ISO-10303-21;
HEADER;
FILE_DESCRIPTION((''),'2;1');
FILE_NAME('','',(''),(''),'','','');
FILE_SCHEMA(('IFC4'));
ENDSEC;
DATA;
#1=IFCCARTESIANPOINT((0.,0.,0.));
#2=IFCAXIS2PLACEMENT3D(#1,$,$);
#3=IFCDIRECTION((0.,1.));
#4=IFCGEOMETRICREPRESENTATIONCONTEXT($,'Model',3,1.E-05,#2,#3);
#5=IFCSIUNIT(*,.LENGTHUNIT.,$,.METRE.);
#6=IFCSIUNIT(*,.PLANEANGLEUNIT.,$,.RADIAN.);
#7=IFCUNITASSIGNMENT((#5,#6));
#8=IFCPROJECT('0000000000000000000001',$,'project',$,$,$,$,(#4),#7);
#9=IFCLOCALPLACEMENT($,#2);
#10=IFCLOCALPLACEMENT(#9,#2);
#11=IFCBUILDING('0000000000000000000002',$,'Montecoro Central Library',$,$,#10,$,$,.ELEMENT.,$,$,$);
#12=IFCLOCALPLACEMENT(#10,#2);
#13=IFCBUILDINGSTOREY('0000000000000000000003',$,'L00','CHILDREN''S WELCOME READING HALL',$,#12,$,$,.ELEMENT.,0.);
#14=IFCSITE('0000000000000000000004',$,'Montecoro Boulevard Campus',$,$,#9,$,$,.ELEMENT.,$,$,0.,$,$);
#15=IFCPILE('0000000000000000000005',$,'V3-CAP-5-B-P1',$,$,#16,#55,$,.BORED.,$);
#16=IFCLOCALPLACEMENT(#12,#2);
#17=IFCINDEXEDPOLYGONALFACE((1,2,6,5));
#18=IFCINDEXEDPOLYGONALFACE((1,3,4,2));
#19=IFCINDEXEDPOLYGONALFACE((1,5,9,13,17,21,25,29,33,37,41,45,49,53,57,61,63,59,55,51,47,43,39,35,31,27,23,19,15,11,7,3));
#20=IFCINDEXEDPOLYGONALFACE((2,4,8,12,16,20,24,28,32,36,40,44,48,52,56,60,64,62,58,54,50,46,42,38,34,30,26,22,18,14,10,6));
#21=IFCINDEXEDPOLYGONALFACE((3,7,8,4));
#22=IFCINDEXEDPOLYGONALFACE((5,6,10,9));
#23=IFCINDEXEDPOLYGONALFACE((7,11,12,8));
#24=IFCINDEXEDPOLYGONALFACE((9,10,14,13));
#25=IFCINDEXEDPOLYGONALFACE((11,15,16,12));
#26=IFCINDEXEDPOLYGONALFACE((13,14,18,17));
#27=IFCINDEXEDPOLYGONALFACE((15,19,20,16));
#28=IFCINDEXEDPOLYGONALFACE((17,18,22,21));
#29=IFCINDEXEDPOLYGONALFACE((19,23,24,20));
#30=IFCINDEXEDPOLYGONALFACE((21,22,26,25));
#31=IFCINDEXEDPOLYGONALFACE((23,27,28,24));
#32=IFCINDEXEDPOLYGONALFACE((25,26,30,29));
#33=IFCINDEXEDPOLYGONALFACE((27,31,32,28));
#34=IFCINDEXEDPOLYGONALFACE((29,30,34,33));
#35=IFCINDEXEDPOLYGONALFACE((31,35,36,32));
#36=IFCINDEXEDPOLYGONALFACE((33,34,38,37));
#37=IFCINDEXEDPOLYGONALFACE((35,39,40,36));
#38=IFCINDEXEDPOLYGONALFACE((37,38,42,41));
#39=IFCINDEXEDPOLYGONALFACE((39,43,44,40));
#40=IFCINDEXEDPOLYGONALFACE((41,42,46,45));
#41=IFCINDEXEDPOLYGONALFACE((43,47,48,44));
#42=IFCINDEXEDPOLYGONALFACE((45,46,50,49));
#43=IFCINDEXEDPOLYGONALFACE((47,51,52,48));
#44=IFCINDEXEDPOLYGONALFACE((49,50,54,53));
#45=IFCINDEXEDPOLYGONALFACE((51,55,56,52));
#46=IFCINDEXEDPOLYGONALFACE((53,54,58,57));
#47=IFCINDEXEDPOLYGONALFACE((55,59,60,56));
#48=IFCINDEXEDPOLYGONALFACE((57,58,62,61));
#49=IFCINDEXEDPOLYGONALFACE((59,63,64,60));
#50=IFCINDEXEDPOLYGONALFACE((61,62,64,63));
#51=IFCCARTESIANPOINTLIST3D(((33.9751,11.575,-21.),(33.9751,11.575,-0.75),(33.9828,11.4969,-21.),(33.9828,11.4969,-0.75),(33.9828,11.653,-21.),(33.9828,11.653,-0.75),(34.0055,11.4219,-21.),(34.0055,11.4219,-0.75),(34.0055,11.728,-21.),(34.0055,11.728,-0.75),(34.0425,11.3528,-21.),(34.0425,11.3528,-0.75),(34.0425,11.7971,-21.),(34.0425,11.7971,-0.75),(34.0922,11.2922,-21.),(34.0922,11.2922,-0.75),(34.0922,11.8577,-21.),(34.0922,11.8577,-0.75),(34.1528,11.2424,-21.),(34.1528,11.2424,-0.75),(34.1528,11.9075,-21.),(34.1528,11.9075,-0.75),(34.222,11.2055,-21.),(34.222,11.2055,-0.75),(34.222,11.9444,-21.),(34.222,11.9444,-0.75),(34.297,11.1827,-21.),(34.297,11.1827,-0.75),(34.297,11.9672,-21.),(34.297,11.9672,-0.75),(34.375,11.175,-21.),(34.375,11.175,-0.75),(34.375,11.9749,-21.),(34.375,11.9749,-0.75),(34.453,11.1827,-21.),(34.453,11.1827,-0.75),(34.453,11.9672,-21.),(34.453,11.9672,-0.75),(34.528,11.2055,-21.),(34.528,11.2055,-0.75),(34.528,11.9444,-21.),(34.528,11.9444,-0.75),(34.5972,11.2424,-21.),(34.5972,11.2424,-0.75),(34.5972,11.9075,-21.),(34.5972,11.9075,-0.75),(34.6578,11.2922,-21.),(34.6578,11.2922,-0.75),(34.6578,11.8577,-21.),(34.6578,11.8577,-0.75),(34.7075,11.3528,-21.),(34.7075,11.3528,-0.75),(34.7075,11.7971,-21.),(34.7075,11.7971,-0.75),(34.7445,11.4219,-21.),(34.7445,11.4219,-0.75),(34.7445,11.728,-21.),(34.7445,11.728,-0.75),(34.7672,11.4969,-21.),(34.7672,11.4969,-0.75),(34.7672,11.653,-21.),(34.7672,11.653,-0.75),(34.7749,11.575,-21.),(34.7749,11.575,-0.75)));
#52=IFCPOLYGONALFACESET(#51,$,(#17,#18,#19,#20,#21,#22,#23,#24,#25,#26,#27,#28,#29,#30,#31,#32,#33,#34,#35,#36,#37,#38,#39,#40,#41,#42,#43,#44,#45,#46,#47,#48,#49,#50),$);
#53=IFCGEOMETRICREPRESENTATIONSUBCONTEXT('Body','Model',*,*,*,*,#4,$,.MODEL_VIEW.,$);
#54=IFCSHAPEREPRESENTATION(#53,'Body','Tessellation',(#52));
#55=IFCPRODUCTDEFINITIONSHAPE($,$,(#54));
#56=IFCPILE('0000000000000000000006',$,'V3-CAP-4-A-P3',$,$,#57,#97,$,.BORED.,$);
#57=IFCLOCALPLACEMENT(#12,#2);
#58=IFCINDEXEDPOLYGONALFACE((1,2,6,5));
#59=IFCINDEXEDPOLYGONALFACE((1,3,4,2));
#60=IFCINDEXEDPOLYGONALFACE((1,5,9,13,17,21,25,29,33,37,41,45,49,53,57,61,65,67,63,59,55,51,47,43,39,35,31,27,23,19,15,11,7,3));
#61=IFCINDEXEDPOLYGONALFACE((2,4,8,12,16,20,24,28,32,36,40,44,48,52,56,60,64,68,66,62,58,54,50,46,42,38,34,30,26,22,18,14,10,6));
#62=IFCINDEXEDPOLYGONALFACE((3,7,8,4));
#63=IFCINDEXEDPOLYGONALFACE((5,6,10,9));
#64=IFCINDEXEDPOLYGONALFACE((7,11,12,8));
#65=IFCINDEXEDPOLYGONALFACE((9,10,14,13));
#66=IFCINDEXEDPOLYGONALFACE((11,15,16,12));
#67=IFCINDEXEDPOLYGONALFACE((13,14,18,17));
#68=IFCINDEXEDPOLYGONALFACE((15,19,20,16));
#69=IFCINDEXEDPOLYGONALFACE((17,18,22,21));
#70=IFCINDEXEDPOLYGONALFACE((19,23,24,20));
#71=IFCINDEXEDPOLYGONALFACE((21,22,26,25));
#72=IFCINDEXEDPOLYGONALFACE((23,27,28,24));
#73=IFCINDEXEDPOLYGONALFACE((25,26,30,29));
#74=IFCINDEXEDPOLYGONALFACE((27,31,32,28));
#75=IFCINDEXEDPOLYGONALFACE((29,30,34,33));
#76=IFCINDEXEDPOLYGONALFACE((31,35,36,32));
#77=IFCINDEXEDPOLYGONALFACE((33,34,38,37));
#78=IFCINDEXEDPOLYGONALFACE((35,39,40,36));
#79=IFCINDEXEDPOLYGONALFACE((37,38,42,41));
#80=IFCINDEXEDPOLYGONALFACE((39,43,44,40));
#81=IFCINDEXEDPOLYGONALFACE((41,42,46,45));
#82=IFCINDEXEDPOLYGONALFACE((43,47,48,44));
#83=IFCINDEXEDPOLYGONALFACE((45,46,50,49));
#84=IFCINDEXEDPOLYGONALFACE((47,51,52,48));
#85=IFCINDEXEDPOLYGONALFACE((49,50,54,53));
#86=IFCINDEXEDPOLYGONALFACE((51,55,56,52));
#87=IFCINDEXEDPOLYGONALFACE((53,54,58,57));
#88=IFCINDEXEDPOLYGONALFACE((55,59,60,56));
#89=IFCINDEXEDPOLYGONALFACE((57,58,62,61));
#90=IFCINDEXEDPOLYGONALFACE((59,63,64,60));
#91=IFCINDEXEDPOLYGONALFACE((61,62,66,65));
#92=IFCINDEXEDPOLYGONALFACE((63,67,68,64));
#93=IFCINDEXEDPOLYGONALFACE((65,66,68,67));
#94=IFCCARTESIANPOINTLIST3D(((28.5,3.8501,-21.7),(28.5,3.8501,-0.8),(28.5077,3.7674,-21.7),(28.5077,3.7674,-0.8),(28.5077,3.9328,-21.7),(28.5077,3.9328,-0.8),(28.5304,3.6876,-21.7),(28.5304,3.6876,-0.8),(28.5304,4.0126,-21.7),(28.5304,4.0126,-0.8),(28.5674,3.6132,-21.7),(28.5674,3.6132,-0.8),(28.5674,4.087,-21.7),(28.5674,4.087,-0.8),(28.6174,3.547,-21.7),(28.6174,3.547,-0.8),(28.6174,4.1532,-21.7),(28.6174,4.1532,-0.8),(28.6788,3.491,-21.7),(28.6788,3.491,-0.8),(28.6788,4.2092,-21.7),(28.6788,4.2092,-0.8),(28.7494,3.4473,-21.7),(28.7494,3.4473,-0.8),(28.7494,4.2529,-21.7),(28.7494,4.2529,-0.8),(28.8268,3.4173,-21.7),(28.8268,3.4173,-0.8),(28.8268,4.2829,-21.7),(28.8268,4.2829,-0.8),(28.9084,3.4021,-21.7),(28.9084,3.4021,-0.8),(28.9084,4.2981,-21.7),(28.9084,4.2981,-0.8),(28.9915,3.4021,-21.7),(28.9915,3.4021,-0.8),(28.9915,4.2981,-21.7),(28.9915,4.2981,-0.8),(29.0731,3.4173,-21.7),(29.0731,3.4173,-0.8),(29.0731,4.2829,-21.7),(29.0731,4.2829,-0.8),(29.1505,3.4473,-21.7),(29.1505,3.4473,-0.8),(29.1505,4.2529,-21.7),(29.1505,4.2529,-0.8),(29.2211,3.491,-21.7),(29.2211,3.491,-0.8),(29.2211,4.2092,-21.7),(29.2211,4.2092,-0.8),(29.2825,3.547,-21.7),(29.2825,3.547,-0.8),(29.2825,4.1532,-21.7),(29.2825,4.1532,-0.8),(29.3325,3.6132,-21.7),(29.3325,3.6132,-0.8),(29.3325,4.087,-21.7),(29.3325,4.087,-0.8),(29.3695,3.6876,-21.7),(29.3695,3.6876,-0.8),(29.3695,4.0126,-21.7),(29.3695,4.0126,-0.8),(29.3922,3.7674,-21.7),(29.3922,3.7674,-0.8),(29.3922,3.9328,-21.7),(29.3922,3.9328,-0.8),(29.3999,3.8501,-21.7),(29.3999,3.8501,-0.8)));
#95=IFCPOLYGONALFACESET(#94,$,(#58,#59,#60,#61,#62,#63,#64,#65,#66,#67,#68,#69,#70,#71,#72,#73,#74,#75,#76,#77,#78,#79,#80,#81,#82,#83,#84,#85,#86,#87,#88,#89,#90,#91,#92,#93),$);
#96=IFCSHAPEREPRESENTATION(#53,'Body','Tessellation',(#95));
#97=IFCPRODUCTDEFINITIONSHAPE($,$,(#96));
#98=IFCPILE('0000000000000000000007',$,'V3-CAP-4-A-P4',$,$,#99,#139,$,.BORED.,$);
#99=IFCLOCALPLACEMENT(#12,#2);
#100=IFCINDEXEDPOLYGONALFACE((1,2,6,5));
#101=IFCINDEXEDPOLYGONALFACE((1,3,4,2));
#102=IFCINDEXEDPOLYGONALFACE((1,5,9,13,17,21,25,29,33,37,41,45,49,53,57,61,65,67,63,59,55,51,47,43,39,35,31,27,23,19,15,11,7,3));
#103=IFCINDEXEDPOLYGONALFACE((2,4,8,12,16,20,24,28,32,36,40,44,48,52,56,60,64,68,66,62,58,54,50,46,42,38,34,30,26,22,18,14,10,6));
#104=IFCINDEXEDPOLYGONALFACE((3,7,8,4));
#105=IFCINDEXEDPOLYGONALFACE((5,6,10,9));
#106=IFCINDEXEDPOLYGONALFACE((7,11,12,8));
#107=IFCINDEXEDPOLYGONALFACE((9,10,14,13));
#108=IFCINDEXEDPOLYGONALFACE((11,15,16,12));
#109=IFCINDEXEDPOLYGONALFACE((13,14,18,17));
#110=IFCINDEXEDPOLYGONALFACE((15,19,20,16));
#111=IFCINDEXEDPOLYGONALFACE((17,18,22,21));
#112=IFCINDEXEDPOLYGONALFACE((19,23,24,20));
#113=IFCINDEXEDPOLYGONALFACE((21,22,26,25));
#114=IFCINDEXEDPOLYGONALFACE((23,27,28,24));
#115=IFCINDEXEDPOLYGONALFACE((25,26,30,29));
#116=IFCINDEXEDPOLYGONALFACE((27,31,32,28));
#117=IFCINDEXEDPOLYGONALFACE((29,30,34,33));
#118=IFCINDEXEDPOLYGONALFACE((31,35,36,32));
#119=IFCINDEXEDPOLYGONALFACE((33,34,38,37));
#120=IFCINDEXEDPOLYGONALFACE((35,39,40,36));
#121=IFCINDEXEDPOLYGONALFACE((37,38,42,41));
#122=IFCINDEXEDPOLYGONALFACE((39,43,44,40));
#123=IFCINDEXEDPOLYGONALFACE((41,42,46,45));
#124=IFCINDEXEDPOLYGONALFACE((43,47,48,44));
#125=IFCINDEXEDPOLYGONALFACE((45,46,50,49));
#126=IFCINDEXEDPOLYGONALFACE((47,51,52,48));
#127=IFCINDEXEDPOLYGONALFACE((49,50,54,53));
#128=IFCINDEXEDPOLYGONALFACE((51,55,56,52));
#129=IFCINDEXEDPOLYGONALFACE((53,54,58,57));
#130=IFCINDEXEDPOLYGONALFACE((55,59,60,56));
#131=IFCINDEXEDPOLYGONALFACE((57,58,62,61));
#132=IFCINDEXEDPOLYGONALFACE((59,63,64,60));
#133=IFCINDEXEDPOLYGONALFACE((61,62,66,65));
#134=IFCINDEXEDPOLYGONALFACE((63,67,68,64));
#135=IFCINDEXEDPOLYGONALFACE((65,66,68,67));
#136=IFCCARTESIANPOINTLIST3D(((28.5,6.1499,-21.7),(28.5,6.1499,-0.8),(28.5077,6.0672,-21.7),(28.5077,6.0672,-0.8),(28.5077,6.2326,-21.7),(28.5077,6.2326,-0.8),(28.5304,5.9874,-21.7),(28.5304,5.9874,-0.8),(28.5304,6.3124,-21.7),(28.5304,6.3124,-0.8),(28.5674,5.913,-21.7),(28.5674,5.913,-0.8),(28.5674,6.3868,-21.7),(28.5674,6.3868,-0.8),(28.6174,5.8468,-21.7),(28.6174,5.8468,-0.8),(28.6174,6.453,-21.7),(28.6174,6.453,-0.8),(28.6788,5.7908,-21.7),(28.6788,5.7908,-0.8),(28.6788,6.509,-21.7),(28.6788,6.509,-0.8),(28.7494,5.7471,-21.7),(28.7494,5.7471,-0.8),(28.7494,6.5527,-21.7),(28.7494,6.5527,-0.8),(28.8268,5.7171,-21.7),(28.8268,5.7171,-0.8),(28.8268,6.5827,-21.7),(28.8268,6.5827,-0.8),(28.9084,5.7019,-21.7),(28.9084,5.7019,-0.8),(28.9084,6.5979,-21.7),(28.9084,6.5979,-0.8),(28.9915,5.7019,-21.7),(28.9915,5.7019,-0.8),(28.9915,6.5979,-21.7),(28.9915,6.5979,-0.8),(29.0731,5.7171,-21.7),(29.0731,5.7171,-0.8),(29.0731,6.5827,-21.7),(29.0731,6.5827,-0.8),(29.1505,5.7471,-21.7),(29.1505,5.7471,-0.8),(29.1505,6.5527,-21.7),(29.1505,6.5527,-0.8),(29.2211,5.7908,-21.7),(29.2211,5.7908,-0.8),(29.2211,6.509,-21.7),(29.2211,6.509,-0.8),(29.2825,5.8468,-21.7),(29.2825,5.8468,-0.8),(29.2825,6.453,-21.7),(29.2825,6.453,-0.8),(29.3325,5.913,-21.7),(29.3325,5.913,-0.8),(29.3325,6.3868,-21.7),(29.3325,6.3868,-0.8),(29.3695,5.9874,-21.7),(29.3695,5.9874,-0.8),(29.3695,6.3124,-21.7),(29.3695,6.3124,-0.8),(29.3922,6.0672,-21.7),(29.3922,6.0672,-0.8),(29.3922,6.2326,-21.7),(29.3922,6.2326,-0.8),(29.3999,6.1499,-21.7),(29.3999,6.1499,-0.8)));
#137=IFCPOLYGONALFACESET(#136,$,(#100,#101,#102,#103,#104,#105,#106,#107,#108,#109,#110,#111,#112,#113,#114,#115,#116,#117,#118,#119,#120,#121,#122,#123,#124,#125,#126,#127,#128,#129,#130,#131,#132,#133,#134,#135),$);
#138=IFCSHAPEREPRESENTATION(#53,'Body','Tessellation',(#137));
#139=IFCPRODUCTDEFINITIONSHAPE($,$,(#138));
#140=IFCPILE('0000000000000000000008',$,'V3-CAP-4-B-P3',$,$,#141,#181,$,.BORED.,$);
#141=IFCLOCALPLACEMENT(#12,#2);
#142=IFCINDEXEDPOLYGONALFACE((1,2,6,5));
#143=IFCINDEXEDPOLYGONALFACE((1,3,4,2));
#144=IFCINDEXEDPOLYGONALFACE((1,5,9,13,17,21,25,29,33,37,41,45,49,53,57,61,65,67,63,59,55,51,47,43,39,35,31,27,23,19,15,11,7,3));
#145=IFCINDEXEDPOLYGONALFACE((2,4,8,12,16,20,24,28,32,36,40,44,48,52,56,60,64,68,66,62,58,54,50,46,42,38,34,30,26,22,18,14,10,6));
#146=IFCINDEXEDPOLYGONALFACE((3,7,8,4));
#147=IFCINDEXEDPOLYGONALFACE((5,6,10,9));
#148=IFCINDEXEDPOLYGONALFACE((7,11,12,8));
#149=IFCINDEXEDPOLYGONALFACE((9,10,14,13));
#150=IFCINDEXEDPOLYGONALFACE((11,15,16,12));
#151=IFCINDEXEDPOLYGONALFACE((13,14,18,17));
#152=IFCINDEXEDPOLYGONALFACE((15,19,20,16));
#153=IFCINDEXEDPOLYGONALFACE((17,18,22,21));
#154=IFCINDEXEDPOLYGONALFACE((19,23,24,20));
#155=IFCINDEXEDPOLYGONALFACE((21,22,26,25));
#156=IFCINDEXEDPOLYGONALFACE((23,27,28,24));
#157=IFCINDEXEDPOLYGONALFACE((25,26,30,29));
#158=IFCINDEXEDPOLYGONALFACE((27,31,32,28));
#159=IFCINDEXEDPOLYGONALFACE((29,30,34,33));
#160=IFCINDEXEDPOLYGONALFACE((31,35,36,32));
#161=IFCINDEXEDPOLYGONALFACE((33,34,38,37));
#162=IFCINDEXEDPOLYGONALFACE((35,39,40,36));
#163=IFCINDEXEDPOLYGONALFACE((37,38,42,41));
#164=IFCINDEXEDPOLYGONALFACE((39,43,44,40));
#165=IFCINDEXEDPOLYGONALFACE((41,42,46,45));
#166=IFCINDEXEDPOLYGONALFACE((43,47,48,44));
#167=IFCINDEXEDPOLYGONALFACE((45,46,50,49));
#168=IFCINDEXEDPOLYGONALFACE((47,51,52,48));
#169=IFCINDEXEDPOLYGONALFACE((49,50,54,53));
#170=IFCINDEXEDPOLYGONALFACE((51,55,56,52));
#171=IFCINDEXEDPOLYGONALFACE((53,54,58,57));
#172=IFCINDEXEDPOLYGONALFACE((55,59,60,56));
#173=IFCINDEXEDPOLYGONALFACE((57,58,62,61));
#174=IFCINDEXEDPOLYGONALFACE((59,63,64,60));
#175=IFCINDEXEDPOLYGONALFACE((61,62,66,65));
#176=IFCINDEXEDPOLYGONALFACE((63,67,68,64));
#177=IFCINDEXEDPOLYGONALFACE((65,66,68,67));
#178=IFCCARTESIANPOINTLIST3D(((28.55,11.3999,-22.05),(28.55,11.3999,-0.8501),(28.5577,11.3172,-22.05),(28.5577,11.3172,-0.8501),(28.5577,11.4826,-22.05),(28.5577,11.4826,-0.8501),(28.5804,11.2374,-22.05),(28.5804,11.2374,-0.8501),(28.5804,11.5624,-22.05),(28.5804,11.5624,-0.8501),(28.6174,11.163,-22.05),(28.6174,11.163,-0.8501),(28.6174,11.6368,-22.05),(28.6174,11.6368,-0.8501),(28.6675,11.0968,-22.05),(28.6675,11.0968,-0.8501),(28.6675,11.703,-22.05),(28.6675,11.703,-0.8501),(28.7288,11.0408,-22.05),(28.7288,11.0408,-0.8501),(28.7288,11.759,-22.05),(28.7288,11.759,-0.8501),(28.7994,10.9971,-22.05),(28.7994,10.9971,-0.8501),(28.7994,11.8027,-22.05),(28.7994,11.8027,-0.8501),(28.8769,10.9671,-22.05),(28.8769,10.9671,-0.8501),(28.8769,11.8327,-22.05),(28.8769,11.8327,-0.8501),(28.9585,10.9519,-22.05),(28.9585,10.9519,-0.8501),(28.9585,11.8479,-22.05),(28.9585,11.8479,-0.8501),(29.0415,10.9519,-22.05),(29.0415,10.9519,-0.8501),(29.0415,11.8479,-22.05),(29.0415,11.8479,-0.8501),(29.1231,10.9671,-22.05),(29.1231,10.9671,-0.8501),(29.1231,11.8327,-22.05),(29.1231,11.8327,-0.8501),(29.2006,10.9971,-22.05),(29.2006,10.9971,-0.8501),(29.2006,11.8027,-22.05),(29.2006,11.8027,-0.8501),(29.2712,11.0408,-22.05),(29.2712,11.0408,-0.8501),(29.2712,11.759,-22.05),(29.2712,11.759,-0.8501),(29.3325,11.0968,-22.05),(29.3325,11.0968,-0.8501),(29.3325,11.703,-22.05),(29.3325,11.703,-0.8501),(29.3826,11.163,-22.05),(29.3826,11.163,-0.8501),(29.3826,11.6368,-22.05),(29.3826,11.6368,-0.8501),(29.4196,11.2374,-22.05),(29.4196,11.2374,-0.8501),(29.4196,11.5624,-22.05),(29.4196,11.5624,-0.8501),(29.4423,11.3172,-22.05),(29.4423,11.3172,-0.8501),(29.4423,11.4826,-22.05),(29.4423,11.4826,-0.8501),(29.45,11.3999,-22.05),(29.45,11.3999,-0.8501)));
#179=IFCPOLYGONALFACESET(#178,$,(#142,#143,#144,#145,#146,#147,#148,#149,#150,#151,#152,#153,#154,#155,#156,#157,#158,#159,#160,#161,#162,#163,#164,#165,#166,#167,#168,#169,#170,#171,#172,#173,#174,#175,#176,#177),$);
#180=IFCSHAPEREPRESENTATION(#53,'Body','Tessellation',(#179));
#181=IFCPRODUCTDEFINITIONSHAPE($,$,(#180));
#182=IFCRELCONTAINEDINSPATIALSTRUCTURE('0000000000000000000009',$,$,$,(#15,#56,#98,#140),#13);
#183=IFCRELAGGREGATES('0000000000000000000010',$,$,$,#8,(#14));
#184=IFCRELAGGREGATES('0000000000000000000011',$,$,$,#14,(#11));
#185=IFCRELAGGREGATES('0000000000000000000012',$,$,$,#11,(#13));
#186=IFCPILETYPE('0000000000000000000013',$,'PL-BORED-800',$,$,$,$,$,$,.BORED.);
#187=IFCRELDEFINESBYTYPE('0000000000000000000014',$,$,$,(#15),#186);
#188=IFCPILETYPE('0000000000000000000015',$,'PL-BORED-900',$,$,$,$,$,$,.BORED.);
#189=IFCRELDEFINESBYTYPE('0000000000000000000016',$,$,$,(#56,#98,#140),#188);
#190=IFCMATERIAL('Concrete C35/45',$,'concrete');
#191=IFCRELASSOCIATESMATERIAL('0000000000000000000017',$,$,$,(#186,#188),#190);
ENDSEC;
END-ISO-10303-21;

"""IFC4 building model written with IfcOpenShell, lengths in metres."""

from ifc_helpers import new_model, si_unit, direction, frame, origin, origin_2d, place, context, subcontext, project, spatial, circle, extrude, material, material_profile, profile_set, type_object, element, save


model = new_model("IFC4")

# Units and contexts
model_context = context("Model", 3, precision=1e-05, world=origin(), true_north=direction((0.0, 1.0)))
body_context = subcontext(model_context, "Body", "Model", "MODEL_VIEW")
ifc_project = project(units=[si_unit("LENGTHUNIT", "METRE"), si_unit("PLANEANGLEUNIT", "RADIAN")], contexts=[model_context])

# Site, building, storey
site_placement = place(None, origin())
site = spatial("IfcSite", under=ifc_project, at=site_placement, Name="Montecoro Boulevard Campus", CompositionType="ELEMENT", RefElevation=0.0)
building_placement = place(site_placement, origin())
building = spatial("IfcBuilding", under=site, at=building_placement, Name="Montecoro Central Library", CompositionType="ELEMENT")
storey_placement = place(building_placement, origin())
storey = spatial("IfcBuildingStorey", under=building, at=storey_placement, Name="L00", Description="CHILDREN'S WELCOME READING HALL", CompositionType="ELEMENT", Elevation=0.0)

# Shared definitions
ifc_material_1 = material(Name="Concrete C35/45", Category="concrete")

# Piles
ifc_material_profile_1 = material_profile(ifc_material_1, circle(Radius=0.3999, at=origin_2d()), Name="PILE D800")
ifc_profile_set_1 = profile_set([ifc_material_profile_1], Name="Concrete C35/45")
pile_type_1 = type_object("IfcPileType", Name="PL-BORED-800", PredefinedType="BORED", material=ifc_profile_set_1)
pile_1_placement = place(storey_placement, frame((34.375, 11.575, -0.75), z_axis=(0.0, 0.0, -1.0), x_axis=(1.0, 0.0, 0.0)))
element("IfcPile", 1, at=pile_1_placement, inside=storey, type_object=pile_type_1, Name="V3-CAP-5-B-P1", PredefinedType="BORED", context=body_context, shape_type="SweptSolid", body=[
    extrude(circle(Radius=0.3999, at=origin_2d()), origin(), (0.0, 0.0, 1.0), 20.25),
])
ifc_material_profile_2 = material_profile(ifc_material_1, circle(Radius=0.45, at=origin_2d()), Name="PILE D900")
ifc_profile_set_2 = profile_set([ifc_material_profile_2], Name="Concrete C35/45")
pile_type_2 = type_object("IfcPileType", Name="PL-BORED-900", PredefinedType="BORED", material=ifc_profile_set_2)
for number, where, z_axis, x_axis, name in (
    (2, (28.95, 3.8501, -0.8), (0.0, 0.0, -1.0), (1.0, 0.0, 0.0), "V3-CAP-4-A-P3"),
    (3, (28.95, 6.1499, -0.8), (0.0, 0.0, -1.0), (1.0, 0.0, 0.0), "V3-CAP-4-A-P4"),
):
    element("IfcPile", number, at=place(storey_placement, frame(where, z_axis=z_axis, x_axis=x_axis)), inside=storey, type_object=pile_type_2, Name=name, PredefinedType="BORED", context=body_context, shape_type="SweptSolid", body=[
        extrude(circle(Radius=0.45, at=origin_2d()), origin(), (0.0, 0.0, 1.0), 20.8999),
    ])
pile_2_placement = place(storey_placement, frame((29.0, 11.3999, -0.8501), z_axis=(0.0, 0.0, -1.0), x_axis=(1.0, 0.0, 0.0)))
element("IfcPile", 4, at=pile_2_placement, inside=storey, type_object=pile_type_2, Name="V3-CAP-4-B-P3", PredefinedType="BORED", context=body_context, shape_type="SweptSolid", body=[
    extrude(circle(Radius=0.45, at=origin_2d()), origin(), (0.0, 0.0, 1.0), 21.2),
])

save(model, "model.ifc")
